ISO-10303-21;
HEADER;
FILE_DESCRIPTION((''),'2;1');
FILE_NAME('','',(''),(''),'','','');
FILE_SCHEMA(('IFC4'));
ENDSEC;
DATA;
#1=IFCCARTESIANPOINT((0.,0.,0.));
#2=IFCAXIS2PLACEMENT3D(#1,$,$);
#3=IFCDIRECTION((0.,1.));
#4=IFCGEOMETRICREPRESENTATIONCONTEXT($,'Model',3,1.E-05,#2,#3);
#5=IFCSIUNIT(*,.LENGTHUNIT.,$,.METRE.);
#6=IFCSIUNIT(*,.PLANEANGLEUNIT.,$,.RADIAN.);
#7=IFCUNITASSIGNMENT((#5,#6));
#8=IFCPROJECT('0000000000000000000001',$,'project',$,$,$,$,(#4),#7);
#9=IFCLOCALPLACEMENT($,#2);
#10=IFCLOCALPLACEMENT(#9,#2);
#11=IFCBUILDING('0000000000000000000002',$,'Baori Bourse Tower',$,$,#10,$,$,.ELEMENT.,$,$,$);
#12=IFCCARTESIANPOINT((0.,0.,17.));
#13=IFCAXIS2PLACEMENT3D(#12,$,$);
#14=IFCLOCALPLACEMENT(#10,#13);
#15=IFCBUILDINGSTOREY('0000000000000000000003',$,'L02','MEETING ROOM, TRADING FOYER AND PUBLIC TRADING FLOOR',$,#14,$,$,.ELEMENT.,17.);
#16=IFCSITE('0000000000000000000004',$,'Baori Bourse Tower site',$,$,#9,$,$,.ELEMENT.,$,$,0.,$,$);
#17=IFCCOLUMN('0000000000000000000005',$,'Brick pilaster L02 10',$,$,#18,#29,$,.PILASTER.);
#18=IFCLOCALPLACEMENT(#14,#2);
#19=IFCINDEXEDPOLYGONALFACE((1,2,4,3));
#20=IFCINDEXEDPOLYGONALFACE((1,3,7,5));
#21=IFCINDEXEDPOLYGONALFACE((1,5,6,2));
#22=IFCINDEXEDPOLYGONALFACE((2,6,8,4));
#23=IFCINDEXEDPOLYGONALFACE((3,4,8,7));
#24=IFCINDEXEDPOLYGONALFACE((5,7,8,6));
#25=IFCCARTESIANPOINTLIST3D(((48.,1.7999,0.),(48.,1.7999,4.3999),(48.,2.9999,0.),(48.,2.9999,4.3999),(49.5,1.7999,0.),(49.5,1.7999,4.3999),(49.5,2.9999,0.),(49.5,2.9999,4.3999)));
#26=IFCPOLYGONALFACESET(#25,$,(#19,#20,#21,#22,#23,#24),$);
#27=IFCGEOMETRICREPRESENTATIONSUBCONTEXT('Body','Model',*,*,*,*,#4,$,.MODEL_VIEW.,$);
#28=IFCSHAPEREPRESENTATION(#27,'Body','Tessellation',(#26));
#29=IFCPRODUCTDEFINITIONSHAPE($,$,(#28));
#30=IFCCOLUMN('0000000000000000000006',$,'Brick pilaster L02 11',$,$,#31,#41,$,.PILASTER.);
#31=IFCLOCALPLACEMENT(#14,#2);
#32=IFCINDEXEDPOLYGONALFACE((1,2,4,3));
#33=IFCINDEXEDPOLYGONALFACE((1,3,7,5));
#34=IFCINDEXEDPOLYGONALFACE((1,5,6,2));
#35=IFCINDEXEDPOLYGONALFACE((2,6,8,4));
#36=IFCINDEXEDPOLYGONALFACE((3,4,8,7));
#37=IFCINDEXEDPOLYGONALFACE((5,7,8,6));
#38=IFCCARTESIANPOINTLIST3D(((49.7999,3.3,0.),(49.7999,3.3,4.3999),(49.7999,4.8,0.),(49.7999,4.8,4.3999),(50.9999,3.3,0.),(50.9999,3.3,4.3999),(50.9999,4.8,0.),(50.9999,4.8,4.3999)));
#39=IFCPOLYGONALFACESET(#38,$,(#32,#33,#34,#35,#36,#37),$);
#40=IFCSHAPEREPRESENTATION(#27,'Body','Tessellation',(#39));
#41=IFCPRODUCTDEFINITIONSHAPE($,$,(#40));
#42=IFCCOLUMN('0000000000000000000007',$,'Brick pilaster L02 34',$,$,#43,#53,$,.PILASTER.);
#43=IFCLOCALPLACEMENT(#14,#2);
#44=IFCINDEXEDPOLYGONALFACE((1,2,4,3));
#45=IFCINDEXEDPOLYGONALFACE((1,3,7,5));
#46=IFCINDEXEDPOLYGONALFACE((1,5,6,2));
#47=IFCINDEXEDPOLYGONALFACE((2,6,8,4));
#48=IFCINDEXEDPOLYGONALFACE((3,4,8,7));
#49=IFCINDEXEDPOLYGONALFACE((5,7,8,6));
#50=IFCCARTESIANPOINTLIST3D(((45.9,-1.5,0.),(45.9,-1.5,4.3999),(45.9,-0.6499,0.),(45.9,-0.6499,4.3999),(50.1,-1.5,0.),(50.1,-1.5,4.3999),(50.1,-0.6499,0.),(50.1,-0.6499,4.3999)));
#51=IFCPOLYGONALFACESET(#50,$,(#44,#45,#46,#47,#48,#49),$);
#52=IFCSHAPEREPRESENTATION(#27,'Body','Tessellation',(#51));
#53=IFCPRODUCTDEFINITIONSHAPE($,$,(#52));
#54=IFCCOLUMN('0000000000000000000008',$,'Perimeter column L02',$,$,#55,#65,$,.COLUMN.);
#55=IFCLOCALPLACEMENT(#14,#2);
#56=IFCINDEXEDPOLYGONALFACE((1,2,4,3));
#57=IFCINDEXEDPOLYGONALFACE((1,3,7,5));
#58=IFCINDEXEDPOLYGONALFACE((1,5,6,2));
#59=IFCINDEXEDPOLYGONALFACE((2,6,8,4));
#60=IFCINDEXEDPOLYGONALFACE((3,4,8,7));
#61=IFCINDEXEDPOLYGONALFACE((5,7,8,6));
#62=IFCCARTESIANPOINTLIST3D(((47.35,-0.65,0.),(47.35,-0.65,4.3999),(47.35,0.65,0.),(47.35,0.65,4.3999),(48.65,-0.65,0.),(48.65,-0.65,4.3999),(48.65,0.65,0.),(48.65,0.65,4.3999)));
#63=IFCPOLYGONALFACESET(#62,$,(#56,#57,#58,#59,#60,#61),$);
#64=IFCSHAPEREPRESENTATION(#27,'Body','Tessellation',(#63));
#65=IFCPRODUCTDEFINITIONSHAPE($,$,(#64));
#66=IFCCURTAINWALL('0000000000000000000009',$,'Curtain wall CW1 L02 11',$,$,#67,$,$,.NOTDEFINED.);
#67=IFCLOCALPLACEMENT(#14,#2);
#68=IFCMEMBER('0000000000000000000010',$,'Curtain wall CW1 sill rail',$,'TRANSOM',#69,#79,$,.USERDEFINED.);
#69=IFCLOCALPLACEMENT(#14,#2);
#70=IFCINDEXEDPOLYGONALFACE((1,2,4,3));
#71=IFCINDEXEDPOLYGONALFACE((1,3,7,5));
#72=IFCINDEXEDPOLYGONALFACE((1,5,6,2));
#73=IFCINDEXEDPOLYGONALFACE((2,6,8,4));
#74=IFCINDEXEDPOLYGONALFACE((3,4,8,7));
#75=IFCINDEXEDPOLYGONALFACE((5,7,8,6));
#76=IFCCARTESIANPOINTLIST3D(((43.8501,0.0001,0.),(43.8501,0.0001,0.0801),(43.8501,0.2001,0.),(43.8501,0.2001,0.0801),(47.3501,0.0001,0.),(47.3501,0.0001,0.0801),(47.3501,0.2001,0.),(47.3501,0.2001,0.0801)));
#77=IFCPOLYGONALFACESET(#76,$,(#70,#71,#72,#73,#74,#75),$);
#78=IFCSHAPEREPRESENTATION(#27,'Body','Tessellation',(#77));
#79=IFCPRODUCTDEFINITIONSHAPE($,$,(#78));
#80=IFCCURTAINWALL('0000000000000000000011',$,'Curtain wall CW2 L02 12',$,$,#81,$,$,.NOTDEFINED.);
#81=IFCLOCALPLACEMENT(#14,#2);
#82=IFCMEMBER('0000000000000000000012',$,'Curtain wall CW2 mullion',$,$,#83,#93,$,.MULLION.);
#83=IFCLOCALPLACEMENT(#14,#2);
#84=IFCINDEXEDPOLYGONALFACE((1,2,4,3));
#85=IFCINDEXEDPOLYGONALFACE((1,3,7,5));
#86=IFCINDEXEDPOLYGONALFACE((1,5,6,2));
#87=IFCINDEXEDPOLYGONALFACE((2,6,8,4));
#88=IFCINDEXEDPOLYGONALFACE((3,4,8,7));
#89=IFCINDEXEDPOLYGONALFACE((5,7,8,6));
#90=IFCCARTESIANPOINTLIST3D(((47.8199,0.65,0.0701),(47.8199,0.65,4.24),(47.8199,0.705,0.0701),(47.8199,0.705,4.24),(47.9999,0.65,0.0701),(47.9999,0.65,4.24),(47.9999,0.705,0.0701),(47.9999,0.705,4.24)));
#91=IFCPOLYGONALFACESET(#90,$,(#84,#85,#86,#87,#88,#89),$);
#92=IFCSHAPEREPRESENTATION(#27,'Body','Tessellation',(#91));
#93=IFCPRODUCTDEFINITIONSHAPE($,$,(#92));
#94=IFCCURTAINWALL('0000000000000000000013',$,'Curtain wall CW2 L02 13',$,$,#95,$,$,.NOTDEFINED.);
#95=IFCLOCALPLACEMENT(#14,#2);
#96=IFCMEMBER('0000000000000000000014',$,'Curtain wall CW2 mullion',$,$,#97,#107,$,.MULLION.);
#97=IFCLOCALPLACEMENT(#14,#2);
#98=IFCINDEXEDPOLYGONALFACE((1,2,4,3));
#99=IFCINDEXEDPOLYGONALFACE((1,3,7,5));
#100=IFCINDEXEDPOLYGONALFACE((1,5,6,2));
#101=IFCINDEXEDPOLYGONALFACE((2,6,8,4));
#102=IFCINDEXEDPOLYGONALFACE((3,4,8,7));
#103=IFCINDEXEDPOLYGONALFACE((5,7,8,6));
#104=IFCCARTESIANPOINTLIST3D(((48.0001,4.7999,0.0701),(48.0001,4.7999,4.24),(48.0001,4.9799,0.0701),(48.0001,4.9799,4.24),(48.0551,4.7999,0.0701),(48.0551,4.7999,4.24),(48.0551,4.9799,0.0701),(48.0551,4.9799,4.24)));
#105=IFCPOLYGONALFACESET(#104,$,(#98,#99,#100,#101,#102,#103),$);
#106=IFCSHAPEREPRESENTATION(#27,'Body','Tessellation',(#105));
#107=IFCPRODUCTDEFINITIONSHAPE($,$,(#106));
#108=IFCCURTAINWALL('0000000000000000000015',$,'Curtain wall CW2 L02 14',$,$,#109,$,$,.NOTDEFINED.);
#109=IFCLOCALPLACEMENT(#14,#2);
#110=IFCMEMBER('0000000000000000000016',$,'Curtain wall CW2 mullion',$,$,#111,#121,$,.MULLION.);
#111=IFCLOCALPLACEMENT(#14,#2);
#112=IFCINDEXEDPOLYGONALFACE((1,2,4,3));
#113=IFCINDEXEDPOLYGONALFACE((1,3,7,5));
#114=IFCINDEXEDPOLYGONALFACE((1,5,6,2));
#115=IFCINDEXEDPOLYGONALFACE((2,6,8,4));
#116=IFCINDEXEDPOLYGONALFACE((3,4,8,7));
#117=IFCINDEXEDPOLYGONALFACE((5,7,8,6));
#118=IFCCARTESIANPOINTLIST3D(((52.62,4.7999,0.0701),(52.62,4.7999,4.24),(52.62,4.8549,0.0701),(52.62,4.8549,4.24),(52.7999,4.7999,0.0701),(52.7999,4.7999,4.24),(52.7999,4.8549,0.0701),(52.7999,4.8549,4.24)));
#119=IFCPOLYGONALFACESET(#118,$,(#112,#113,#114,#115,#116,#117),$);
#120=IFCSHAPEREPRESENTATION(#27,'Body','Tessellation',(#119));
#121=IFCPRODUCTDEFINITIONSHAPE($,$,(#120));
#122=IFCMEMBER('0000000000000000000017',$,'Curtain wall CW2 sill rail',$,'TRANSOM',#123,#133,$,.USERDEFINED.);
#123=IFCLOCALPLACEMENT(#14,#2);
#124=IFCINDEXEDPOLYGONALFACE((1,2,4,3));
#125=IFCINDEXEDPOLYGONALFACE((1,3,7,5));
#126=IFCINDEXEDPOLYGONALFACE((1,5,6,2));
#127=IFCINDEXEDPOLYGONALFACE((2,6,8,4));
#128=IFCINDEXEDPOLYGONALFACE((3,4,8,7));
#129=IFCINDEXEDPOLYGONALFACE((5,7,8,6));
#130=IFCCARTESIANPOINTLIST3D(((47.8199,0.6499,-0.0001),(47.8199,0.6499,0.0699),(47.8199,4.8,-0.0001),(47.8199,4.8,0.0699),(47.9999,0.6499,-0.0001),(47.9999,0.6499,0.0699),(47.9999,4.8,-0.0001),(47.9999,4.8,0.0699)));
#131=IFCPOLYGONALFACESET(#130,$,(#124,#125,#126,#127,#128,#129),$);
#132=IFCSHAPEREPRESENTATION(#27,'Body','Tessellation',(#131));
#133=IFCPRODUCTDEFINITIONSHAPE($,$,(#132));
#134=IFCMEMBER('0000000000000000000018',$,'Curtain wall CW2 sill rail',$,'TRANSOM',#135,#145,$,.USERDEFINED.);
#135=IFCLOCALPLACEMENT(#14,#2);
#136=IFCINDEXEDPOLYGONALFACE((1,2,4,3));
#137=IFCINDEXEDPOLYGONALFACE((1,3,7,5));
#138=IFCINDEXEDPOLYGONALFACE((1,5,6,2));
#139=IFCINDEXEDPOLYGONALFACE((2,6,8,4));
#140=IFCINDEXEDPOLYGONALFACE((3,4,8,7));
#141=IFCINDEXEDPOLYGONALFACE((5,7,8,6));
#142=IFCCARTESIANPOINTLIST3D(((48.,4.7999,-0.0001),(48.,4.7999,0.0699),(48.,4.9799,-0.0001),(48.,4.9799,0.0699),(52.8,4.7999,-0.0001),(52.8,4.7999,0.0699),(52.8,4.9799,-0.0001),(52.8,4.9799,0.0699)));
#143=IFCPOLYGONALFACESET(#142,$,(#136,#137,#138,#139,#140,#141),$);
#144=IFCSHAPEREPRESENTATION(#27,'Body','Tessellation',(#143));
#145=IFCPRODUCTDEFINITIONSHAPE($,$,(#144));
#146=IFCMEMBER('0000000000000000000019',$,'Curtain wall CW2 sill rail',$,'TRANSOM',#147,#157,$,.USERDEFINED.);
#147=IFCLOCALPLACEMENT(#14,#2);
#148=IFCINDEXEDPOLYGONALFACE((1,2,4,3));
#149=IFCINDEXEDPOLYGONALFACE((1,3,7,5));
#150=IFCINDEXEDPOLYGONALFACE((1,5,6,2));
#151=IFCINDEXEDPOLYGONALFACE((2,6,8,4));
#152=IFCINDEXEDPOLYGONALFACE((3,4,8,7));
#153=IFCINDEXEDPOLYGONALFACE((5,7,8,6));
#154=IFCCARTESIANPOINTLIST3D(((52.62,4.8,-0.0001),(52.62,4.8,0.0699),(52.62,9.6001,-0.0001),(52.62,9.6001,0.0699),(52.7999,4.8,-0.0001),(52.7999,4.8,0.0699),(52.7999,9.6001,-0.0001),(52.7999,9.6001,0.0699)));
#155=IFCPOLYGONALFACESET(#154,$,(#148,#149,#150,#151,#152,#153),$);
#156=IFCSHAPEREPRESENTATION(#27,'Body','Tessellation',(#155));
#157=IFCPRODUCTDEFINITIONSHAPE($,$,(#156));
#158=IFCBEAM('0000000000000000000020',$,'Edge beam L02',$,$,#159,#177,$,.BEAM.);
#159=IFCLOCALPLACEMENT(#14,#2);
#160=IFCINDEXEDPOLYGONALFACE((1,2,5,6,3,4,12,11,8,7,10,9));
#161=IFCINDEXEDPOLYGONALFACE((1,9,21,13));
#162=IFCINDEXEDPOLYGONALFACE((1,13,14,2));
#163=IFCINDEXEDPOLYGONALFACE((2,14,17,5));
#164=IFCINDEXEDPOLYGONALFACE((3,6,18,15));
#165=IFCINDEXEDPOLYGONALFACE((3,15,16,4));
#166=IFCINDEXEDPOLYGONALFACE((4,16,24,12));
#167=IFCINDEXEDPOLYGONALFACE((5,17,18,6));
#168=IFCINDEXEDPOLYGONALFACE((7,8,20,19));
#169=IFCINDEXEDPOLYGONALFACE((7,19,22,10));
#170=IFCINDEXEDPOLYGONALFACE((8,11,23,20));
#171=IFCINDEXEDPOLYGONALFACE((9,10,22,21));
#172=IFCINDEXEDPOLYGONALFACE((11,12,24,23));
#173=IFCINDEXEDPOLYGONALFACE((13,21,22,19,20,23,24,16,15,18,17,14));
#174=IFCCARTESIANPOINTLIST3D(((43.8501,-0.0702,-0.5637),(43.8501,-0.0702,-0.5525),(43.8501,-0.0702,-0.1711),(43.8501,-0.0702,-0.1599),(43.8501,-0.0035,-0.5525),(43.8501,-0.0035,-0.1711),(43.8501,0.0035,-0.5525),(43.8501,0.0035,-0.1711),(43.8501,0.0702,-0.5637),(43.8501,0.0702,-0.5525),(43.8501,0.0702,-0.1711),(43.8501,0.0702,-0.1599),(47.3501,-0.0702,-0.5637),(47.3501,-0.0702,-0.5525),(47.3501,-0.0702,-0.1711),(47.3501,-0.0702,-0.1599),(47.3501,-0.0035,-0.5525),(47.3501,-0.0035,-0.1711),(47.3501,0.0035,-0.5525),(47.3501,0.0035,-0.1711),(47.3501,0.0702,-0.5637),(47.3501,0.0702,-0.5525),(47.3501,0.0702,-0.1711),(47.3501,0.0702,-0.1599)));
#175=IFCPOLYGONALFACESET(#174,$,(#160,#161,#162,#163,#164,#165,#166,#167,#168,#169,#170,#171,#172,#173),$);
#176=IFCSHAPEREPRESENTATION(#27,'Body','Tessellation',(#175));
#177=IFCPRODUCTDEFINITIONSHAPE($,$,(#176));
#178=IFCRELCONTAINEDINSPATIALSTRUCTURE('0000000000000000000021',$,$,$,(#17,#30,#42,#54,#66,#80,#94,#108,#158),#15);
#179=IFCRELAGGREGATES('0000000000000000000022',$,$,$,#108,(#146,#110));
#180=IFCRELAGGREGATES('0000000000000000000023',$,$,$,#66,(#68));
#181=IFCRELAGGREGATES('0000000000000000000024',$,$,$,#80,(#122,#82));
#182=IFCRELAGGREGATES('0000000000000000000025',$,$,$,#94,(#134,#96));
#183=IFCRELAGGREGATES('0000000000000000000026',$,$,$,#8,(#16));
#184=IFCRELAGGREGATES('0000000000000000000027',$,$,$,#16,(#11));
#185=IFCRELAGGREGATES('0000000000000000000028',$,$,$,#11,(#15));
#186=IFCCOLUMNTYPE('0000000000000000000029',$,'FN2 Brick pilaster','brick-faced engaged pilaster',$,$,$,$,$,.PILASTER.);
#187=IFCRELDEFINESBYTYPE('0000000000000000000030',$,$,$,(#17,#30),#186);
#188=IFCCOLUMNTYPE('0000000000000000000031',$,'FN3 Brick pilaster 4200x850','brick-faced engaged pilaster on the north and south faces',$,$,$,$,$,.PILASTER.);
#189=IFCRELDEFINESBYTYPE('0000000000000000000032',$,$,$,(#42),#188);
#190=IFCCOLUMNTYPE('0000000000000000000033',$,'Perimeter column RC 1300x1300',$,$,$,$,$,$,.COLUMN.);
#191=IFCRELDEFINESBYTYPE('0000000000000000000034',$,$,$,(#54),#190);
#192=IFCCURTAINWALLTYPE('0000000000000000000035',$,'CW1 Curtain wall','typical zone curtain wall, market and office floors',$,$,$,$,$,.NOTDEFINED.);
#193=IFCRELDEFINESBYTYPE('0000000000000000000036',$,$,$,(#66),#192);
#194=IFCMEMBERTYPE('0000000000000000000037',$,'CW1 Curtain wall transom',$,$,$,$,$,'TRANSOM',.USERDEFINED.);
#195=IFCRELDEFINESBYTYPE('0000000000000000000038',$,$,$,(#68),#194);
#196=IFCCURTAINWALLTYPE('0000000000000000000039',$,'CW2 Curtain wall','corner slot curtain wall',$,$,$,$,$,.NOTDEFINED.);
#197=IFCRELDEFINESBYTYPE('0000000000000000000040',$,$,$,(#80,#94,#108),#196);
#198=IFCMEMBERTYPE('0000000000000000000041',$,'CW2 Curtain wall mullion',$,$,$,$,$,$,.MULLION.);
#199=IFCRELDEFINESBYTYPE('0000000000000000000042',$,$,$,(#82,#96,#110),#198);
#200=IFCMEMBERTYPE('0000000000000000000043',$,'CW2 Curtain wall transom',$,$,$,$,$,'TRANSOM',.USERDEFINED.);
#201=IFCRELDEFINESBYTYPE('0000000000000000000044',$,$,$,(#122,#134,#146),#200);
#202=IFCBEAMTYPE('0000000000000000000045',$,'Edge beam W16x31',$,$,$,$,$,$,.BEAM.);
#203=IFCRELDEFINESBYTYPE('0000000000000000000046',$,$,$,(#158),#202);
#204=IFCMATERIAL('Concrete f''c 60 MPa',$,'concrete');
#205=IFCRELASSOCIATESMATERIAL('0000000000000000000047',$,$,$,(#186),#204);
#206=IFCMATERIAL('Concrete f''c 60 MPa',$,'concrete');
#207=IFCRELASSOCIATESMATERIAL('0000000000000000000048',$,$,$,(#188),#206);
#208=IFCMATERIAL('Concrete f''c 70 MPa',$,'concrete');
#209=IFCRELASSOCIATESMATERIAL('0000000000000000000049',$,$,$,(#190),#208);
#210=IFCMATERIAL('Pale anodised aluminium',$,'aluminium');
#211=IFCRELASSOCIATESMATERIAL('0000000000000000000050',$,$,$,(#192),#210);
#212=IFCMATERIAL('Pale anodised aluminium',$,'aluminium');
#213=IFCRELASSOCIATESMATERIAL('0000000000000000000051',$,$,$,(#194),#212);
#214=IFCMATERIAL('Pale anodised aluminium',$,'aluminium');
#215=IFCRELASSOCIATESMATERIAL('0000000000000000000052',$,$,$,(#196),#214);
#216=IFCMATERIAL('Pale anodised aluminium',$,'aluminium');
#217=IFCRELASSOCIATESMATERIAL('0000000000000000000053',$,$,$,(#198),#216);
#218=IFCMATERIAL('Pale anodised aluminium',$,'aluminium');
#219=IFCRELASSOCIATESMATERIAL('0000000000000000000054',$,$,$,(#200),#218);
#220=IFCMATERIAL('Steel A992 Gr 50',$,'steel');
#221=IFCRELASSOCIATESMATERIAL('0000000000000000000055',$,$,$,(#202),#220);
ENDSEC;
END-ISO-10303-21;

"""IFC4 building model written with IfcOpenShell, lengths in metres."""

from ifc_helpers import new_model, si_unit, direction, frame, origin, origin_2d, place, context, subcontext, project, spatial, rectangle, i_section, extrude, material, material_profile, profile_set, type_object, element, aggregate, save


model = new_model("IFC4")

# Units and contexts
model_context = context("Model", 3, precision=1e-05, world=origin(), true_north=direction((0.0, 1.0)))
body_context = subcontext(model_context, "Body", "Model", "MODEL_VIEW")
ifc_project = project(units=[si_unit("LENGTHUNIT", "METRE"), si_unit("PLANEANGLEUNIT", "RADIAN")], contexts=[model_context])

# Site, building, storey
site_placement = place(None, origin())
site = spatial("IfcSite", under=ifc_project, at=site_placement, Name="Baori Bourse Tower site", CompositionType="ELEMENT", RefElevation=0.0)
building_placement = place(site_placement, origin())
building = spatial("IfcBuilding", under=site, at=building_placement, Name="Baori Bourse Tower", CompositionType="ELEMENT")
storey_placement = place(building_placement, frame((0.0, 0.0, 17.0)))
storey = spatial("IfcBuildingStorey", under=building, at=storey_placement, Name="L02", Description="MEETING ROOM, TRADING FOYER AND PUBLIC TRADING FLOOR", CompositionType="ELEMENT", Elevation=17.0)

# Columns
ifc_material_1 = material(Name="Concrete f'c 60 MPa", Category="concrete")
ifc_material_profile_1 = material_profile(ifc_material_1, rectangle(XDim=1.2, YDim=1.5, at=origin_2d()), Name="RC 1200x1500")
ifc_profile_set_1 = profile_set([ifc_material_profile_1], Name="Concrete f'c 60 MPa")
column_type_1 = type_object("IfcColumnType", Name="FN2 Brick pilaster", Description="brick-faced engaged pilaster", PredefinedType="PILASTER", material=ifc_profile_set_1)
for number, where, z_axis, x_axis, name in (
    (1, (48.75, 2.3999, 0.0), (0.0, 0.0, 1.0), (0.0, 1.0, 0.0), "Brick pilaster L02 10"),
    (2, (50.3999, 4.05, 0.0), (0.0, 0.0, 1.0), (1.0, 0.0, 0.0), "Brick pilaster L02 11"),
):
    element("IfcColumn", number, at=place(storey_placement, frame(where, z_axis=z_axis, x_axis=x_axis)), inside=storey, type_object=column_type_1, Name=name, PredefinedType="PILASTER", context=body_context, shape_type="SweptSolid", body=[
        extrude(rectangle(XDim=1.2, YDim=1.5, at=origin_2d()), origin(), (0.0, 0.0, 1.0), 4.3999),
    ])
ifc_material_2 = material(Name="Concrete f'c 60 MPa", Category="concrete")
ifc_material_profile_2 = material_profile(ifc_material_2, rectangle(XDim=4.2, YDim=0.8501, at=origin_2d()), Name="RC 4200x850")
ifc_profile_set_2 = profile_set([ifc_material_profile_2], Name="Concrete f'c 60 MPa")
column_type_2 = type_object("IfcColumnType", Name="FN3 Brick pilaster 4200x850", Description="brick-faced engaged pilaster on the north and south faces", PredefinedType="PILASTER", material=ifc_profile_set_2)
column_1_placement = place(storey_placement, frame((48.0, -1.075, 0.0), z_axis=(0.0, 0.0, 1.0), x_axis=(1.0, 0.0, 0.0)))
element("IfcColumn", 3, at=column_1_placement, inside=storey, type_object=column_type_2, Name="Brick pilaster L02 34", PredefinedType="PILASTER", context=body_context, shape_type="SweptSolid", body=[
    extrude(rectangle(XDim=4.2, YDim=0.8501, at=origin_2d()), origin(), (0.0, 0.0, 1.0), 4.3999),
])
ifc_material_3 = material(Name="Concrete f'c 70 MPa", Category="concrete")
ifc_material_profile_3 = material_profile(ifc_material_3, rectangle(XDim=1.3, YDim=1.3, at=origin_2d()), Name="RC 1300x1300")
ifc_profile_set_3 = profile_set([ifc_material_profile_3], Name="Concrete f'c 70 MPa")
column_type_3 = type_object("IfcColumnType", Name="Perimeter column RC 1300x1300", PredefinedType="COLUMN", material=ifc_profile_set_3)
column_2_placement = place(storey_placement, frame((48.0, 0.0, 0.0), z_axis=(0.0, 0.0, 1.0), x_axis=(1.0, 0.0, 0.0)))
element("IfcColumn", 4, at=column_2_placement, inside=storey, type_object=column_type_3, Name="Perimeter column L02", PredefinedType="COLUMN", context=body_context, shape_type="SweptSolid", body=[
    extrude(rectangle(XDim=1.3, YDim=1.3, at=origin_2d()), origin(), (0.0, 0.0, 1.0), 4.3999),
])

# Curtain walls, members
ifc_material_4 = material(Name="Pale anodised aluminium", Category="aluminium")
curtain_wall_type_1 = type_object("IfcCurtainWallType", Name="CW1 Curtain wall", Description="typical zone curtain wall, market and office floors", PredefinedType="NOTDEFINED", material=ifc_material_4)
curtain_wall_1_placement = place(storey_placement, origin())
curtain_wall_1 = element("IfcCurtainWall", 5, at=curtain_wall_1_placement, inside=storey, type_object=curtain_wall_type_1, Name="Curtain wall CW1 L02 11", PredefinedType="NOTDEFINED")
ifc_material_5 = material(Name="Pale anodised aluminium", Category="aluminium")
ifc_material_profile_4 = material_profile(ifc_material_5, rectangle(XDim=0.2, YDim=0.0801, at=origin_2d()), Name="Transom 80x200")
ifc_profile_set_4 = profile_set([ifc_material_profile_4], Name="Pale anodised aluminium")
member_type_1 = type_object("IfcMemberType", Name="CW1 Curtain wall transom", ElementType="TRANSOM", PredefinedType="USERDEFINED", material=ifc_profile_set_4)
member_1_placement = place(storey_placement, frame((43.8501, 0.1001, 0.04), z_axis=(1.0, 0.0, 0.0), x_axis=(0.0, 1.0, 0.0)))
member_1 = element("IfcMember", 6, at=member_1_placement, type_object=member_type_1, Name="Curtain wall CW1 sill rail", ObjectType="TRANSOM", PredefinedType="USERDEFINED", context=body_context, shape_type="SweptSolid", body=[
    extrude(rectangle(XDim=0.2, YDim=0.0801, at=origin_2d()), origin(), (0.0, 0.0, 1.0), 3.5),
])
ifc_material_6 = material(Name="Pale anodised aluminium", Category="aluminium")
curtain_wall_type_2 = type_object("IfcCurtainWallType", Name="CW2 Curtain wall", Description="corner slot curtain wall", PredefinedType="NOTDEFINED", material=ifc_material_6)
curtain_wall_2_placement = place(storey_placement, origin())
curtain_wall_2 = element("IfcCurtainWall", 7, at=curtain_wall_2_placement, inside=storey, type_object=curtain_wall_type_2, Name="Curtain wall CW2 L02 12", PredefinedType="NOTDEFINED")
ifc_material_7 = material(Name="Pale anodised aluminium", Category="aluminium")
ifc_material_profile_5 = material_profile(ifc_material_7, rectangle(XDim=0.1799, YDim=0.0549, at=origin_2d()), Name="Mullion 55x180")
ifc_profile_set_5 = profile_set([ifc_material_profile_5], Name="Pale anodised aluminium")
member_type_2 = type_object("IfcMemberType", Name="CW2 Curtain wall mullion", PredefinedType="MULLION", material=ifc_profile_set_5)
member_2_placement = place(storey_placement, frame((47.9099, 0.6775, 0.0701), z_axis=(0.0, 0.0, 1.0), x_axis=(-1.0, 0.0, 0.0)))
member_2 = element("IfcMember", 8, at=member_2_placement, type_object=member_type_2, Name="Curtain wall CW2 mullion", PredefinedType="MULLION", context=body_context, shape_type="SweptSolid", body=[
    extrude(rectangle(XDim=0.1799, YDim=0.0549, at=origin_2d()), origin(), (0.0, 0.0, 1.0), 4.1699),
])
curtain_wall_3_placement = place(storey_placement, origin())
curtain_wall_3 = element("IfcCurtainWall", 9, at=curtain_wall_3_placement, inside=storey, type_object=curtain_wall_type_2, Name="Curtain wall CW2 L02 13", PredefinedType="NOTDEFINED")
member_3_placement = place(storey_placement, frame((48.0276, 4.8899, 0.0701), z_axis=(0.0, 0.0, 1.0), x_axis=(0.0, 1.0, 0.0)))
member_3 = element("IfcMember", 10, at=member_3_placement, type_object=member_type_2, Name="Curtain wall CW2 mullion", PredefinedType="MULLION", context=body_context, shape_type="SweptSolid", body=[
    extrude(rectangle(XDim=0.1799, YDim=0.0549, at=origin_2d()), origin(), (0.0, 0.0, 1.0), 4.1699),
])
curtain_wall_4_placement = place(storey_placement, origin())
curtain_wall_4 = element("IfcCurtainWall", 11, at=curtain_wall_4_placement, inside=storey, type_object=curtain_wall_type_2, Name="Curtain wall CW2 L02 14", PredefinedType="NOTDEFINED")
member_4_placement = place(storey_placement, frame((52.71, 4.8274, 0.0701), z_axis=(0.0, 0.0, 1.0), x_axis=(-1.0, 0.0, 0.0)))
member_4 = element("IfcMember", 12, at=member_4_placement, type_object=member_type_2, Name="Curtain wall CW2 mullion", PredefinedType="MULLION", context=body_context, shape_type="SweptSolid", body=[
    extrude(rectangle(XDim=0.1799, YDim=0.0549, at=origin_2d()), origin(), (0.0, 0.0, 1.0), 4.1699),
])

# Members
ifc_material_8 = material(Name="Pale anodised aluminium", Category="aluminium")
ifc_material_profile_6 = material_profile(ifc_material_8, rectangle(XDim=0.1799, YDim=0.0701, at=origin_2d()), Name="Transom 70x180")
ifc_profile_set_6 = profile_set([ifc_material_profile_6], Name="Pale anodised aluminium")
member_type_3 = type_object("IfcMemberType", Name="CW2 Curtain wall transom", ElementType="TRANSOM", PredefinedType="USERDEFINED", material=ifc_profile_set_6)
member_5_placement = place(storey_placement, frame((47.9099, 0.6499, 0.0349), z_axis=(0.0, 1.0, 0.0), x_axis=(-1.0, 0.0, 0.0)))
member_5 = element("IfcMember", 13, at=member_5_placement, type_object=member_type_3, Name="Curtain wall CW2 sill rail", ObjectType="TRANSOM", PredefinedType="USERDEFINED", context=body_context, shape_type="SweptSolid", body=[
    extrude(rectangle(XDim=0.1799, YDim=0.0701, at=origin_2d()), origin(), (0.0, 0.0, 1.0), 4.1501),
])
member_6_placement = place(storey_placement, frame((48.0, 4.8899, 0.0349), z_axis=(1.0, 0.0, 0.0), x_axis=(0.0, 1.0, 0.0)))
member_6 = element("IfcMember", 14, at=member_6_placement, type_object=member_type_3, Name="Curtain wall CW2 sill rail", ObjectType="TRANSOM", PredefinedType="USERDEFINED", context=body_context, shape_type="SweptSolid", body=[
    extrude(rectangle(XDim=0.1799, YDim=0.0701, at=origin_2d()), origin(), (0.0, 0.0, 1.0), 4.8),
])
member_7_placement = place(storey_placement, frame((52.71, 4.8, 0.0349), z_axis=(0.0, 1.0, 0.0), x_axis=(-1.0, 0.0, 0.0)))
member_7 = element("IfcMember", 15, at=member_7_placement, type_object=member_type_3, Name="Curtain wall CW2 sill rail", ObjectType="TRANSOM", PredefinedType="USERDEFINED", context=body_context, shape_type="SweptSolid", body=[
    extrude(rectangle(XDim=0.1799, YDim=0.0701, at=origin_2d()), origin(), (0.0, 0.0, 1.0), 4.8),
])
aggregate(curtain_wall_4, [member_7, member_4])

# Beam
ifc_material_9 = material(Name="Steel A992 Gr 50", Category="steel")
ifc_material_profile_7 = material_profile(ifc_material_9, i_section(OverallWidth=0.1404, OverallDepth=0.4038, WebThickness=0.0071, FlangeThickness=0.0112, at=origin_2d()), Name="W16x31")
ifc_profile_set_7 = profile_set([ifc_material_profile_7], Name="Steel A992 Gr 50")
beam_type_1 = type_object("IfcBeamType", Name="Edge beam W16x31", PredefinedType="BEAM", material=ifc_profile_set_7)
beam_1_placement = place(storey_placement, frame((43.8501, 0.0, -0.3618), z_axis=(1.0, 0.0, 0.0), x_axis=(0.0, 1.0, 0.0)))
element("IfcBeam", 16, at=beam_1_placement, inside=storey, type_object=beam_type_1, Name="Edge beam L02", PredefinedType="BEAM", context=body_context, shape_type="SweptSolid", body=[
    extrude(i_section(OverallWidth=0.1404, OverallDepth=0.4038, WebThickness=0.0071, FlangeThickness=0.0112, at=origin_2d()), origin(), (0.0, 0.0, 1.0), 3.5),
])

aggregate(curtain_wall_1, [member_1])
aggregate(curtain_wall_2, [member_5, member_2])
aggregate(curtain_wall_3, [member_6, member_3])

save(model, "model.ifc")
